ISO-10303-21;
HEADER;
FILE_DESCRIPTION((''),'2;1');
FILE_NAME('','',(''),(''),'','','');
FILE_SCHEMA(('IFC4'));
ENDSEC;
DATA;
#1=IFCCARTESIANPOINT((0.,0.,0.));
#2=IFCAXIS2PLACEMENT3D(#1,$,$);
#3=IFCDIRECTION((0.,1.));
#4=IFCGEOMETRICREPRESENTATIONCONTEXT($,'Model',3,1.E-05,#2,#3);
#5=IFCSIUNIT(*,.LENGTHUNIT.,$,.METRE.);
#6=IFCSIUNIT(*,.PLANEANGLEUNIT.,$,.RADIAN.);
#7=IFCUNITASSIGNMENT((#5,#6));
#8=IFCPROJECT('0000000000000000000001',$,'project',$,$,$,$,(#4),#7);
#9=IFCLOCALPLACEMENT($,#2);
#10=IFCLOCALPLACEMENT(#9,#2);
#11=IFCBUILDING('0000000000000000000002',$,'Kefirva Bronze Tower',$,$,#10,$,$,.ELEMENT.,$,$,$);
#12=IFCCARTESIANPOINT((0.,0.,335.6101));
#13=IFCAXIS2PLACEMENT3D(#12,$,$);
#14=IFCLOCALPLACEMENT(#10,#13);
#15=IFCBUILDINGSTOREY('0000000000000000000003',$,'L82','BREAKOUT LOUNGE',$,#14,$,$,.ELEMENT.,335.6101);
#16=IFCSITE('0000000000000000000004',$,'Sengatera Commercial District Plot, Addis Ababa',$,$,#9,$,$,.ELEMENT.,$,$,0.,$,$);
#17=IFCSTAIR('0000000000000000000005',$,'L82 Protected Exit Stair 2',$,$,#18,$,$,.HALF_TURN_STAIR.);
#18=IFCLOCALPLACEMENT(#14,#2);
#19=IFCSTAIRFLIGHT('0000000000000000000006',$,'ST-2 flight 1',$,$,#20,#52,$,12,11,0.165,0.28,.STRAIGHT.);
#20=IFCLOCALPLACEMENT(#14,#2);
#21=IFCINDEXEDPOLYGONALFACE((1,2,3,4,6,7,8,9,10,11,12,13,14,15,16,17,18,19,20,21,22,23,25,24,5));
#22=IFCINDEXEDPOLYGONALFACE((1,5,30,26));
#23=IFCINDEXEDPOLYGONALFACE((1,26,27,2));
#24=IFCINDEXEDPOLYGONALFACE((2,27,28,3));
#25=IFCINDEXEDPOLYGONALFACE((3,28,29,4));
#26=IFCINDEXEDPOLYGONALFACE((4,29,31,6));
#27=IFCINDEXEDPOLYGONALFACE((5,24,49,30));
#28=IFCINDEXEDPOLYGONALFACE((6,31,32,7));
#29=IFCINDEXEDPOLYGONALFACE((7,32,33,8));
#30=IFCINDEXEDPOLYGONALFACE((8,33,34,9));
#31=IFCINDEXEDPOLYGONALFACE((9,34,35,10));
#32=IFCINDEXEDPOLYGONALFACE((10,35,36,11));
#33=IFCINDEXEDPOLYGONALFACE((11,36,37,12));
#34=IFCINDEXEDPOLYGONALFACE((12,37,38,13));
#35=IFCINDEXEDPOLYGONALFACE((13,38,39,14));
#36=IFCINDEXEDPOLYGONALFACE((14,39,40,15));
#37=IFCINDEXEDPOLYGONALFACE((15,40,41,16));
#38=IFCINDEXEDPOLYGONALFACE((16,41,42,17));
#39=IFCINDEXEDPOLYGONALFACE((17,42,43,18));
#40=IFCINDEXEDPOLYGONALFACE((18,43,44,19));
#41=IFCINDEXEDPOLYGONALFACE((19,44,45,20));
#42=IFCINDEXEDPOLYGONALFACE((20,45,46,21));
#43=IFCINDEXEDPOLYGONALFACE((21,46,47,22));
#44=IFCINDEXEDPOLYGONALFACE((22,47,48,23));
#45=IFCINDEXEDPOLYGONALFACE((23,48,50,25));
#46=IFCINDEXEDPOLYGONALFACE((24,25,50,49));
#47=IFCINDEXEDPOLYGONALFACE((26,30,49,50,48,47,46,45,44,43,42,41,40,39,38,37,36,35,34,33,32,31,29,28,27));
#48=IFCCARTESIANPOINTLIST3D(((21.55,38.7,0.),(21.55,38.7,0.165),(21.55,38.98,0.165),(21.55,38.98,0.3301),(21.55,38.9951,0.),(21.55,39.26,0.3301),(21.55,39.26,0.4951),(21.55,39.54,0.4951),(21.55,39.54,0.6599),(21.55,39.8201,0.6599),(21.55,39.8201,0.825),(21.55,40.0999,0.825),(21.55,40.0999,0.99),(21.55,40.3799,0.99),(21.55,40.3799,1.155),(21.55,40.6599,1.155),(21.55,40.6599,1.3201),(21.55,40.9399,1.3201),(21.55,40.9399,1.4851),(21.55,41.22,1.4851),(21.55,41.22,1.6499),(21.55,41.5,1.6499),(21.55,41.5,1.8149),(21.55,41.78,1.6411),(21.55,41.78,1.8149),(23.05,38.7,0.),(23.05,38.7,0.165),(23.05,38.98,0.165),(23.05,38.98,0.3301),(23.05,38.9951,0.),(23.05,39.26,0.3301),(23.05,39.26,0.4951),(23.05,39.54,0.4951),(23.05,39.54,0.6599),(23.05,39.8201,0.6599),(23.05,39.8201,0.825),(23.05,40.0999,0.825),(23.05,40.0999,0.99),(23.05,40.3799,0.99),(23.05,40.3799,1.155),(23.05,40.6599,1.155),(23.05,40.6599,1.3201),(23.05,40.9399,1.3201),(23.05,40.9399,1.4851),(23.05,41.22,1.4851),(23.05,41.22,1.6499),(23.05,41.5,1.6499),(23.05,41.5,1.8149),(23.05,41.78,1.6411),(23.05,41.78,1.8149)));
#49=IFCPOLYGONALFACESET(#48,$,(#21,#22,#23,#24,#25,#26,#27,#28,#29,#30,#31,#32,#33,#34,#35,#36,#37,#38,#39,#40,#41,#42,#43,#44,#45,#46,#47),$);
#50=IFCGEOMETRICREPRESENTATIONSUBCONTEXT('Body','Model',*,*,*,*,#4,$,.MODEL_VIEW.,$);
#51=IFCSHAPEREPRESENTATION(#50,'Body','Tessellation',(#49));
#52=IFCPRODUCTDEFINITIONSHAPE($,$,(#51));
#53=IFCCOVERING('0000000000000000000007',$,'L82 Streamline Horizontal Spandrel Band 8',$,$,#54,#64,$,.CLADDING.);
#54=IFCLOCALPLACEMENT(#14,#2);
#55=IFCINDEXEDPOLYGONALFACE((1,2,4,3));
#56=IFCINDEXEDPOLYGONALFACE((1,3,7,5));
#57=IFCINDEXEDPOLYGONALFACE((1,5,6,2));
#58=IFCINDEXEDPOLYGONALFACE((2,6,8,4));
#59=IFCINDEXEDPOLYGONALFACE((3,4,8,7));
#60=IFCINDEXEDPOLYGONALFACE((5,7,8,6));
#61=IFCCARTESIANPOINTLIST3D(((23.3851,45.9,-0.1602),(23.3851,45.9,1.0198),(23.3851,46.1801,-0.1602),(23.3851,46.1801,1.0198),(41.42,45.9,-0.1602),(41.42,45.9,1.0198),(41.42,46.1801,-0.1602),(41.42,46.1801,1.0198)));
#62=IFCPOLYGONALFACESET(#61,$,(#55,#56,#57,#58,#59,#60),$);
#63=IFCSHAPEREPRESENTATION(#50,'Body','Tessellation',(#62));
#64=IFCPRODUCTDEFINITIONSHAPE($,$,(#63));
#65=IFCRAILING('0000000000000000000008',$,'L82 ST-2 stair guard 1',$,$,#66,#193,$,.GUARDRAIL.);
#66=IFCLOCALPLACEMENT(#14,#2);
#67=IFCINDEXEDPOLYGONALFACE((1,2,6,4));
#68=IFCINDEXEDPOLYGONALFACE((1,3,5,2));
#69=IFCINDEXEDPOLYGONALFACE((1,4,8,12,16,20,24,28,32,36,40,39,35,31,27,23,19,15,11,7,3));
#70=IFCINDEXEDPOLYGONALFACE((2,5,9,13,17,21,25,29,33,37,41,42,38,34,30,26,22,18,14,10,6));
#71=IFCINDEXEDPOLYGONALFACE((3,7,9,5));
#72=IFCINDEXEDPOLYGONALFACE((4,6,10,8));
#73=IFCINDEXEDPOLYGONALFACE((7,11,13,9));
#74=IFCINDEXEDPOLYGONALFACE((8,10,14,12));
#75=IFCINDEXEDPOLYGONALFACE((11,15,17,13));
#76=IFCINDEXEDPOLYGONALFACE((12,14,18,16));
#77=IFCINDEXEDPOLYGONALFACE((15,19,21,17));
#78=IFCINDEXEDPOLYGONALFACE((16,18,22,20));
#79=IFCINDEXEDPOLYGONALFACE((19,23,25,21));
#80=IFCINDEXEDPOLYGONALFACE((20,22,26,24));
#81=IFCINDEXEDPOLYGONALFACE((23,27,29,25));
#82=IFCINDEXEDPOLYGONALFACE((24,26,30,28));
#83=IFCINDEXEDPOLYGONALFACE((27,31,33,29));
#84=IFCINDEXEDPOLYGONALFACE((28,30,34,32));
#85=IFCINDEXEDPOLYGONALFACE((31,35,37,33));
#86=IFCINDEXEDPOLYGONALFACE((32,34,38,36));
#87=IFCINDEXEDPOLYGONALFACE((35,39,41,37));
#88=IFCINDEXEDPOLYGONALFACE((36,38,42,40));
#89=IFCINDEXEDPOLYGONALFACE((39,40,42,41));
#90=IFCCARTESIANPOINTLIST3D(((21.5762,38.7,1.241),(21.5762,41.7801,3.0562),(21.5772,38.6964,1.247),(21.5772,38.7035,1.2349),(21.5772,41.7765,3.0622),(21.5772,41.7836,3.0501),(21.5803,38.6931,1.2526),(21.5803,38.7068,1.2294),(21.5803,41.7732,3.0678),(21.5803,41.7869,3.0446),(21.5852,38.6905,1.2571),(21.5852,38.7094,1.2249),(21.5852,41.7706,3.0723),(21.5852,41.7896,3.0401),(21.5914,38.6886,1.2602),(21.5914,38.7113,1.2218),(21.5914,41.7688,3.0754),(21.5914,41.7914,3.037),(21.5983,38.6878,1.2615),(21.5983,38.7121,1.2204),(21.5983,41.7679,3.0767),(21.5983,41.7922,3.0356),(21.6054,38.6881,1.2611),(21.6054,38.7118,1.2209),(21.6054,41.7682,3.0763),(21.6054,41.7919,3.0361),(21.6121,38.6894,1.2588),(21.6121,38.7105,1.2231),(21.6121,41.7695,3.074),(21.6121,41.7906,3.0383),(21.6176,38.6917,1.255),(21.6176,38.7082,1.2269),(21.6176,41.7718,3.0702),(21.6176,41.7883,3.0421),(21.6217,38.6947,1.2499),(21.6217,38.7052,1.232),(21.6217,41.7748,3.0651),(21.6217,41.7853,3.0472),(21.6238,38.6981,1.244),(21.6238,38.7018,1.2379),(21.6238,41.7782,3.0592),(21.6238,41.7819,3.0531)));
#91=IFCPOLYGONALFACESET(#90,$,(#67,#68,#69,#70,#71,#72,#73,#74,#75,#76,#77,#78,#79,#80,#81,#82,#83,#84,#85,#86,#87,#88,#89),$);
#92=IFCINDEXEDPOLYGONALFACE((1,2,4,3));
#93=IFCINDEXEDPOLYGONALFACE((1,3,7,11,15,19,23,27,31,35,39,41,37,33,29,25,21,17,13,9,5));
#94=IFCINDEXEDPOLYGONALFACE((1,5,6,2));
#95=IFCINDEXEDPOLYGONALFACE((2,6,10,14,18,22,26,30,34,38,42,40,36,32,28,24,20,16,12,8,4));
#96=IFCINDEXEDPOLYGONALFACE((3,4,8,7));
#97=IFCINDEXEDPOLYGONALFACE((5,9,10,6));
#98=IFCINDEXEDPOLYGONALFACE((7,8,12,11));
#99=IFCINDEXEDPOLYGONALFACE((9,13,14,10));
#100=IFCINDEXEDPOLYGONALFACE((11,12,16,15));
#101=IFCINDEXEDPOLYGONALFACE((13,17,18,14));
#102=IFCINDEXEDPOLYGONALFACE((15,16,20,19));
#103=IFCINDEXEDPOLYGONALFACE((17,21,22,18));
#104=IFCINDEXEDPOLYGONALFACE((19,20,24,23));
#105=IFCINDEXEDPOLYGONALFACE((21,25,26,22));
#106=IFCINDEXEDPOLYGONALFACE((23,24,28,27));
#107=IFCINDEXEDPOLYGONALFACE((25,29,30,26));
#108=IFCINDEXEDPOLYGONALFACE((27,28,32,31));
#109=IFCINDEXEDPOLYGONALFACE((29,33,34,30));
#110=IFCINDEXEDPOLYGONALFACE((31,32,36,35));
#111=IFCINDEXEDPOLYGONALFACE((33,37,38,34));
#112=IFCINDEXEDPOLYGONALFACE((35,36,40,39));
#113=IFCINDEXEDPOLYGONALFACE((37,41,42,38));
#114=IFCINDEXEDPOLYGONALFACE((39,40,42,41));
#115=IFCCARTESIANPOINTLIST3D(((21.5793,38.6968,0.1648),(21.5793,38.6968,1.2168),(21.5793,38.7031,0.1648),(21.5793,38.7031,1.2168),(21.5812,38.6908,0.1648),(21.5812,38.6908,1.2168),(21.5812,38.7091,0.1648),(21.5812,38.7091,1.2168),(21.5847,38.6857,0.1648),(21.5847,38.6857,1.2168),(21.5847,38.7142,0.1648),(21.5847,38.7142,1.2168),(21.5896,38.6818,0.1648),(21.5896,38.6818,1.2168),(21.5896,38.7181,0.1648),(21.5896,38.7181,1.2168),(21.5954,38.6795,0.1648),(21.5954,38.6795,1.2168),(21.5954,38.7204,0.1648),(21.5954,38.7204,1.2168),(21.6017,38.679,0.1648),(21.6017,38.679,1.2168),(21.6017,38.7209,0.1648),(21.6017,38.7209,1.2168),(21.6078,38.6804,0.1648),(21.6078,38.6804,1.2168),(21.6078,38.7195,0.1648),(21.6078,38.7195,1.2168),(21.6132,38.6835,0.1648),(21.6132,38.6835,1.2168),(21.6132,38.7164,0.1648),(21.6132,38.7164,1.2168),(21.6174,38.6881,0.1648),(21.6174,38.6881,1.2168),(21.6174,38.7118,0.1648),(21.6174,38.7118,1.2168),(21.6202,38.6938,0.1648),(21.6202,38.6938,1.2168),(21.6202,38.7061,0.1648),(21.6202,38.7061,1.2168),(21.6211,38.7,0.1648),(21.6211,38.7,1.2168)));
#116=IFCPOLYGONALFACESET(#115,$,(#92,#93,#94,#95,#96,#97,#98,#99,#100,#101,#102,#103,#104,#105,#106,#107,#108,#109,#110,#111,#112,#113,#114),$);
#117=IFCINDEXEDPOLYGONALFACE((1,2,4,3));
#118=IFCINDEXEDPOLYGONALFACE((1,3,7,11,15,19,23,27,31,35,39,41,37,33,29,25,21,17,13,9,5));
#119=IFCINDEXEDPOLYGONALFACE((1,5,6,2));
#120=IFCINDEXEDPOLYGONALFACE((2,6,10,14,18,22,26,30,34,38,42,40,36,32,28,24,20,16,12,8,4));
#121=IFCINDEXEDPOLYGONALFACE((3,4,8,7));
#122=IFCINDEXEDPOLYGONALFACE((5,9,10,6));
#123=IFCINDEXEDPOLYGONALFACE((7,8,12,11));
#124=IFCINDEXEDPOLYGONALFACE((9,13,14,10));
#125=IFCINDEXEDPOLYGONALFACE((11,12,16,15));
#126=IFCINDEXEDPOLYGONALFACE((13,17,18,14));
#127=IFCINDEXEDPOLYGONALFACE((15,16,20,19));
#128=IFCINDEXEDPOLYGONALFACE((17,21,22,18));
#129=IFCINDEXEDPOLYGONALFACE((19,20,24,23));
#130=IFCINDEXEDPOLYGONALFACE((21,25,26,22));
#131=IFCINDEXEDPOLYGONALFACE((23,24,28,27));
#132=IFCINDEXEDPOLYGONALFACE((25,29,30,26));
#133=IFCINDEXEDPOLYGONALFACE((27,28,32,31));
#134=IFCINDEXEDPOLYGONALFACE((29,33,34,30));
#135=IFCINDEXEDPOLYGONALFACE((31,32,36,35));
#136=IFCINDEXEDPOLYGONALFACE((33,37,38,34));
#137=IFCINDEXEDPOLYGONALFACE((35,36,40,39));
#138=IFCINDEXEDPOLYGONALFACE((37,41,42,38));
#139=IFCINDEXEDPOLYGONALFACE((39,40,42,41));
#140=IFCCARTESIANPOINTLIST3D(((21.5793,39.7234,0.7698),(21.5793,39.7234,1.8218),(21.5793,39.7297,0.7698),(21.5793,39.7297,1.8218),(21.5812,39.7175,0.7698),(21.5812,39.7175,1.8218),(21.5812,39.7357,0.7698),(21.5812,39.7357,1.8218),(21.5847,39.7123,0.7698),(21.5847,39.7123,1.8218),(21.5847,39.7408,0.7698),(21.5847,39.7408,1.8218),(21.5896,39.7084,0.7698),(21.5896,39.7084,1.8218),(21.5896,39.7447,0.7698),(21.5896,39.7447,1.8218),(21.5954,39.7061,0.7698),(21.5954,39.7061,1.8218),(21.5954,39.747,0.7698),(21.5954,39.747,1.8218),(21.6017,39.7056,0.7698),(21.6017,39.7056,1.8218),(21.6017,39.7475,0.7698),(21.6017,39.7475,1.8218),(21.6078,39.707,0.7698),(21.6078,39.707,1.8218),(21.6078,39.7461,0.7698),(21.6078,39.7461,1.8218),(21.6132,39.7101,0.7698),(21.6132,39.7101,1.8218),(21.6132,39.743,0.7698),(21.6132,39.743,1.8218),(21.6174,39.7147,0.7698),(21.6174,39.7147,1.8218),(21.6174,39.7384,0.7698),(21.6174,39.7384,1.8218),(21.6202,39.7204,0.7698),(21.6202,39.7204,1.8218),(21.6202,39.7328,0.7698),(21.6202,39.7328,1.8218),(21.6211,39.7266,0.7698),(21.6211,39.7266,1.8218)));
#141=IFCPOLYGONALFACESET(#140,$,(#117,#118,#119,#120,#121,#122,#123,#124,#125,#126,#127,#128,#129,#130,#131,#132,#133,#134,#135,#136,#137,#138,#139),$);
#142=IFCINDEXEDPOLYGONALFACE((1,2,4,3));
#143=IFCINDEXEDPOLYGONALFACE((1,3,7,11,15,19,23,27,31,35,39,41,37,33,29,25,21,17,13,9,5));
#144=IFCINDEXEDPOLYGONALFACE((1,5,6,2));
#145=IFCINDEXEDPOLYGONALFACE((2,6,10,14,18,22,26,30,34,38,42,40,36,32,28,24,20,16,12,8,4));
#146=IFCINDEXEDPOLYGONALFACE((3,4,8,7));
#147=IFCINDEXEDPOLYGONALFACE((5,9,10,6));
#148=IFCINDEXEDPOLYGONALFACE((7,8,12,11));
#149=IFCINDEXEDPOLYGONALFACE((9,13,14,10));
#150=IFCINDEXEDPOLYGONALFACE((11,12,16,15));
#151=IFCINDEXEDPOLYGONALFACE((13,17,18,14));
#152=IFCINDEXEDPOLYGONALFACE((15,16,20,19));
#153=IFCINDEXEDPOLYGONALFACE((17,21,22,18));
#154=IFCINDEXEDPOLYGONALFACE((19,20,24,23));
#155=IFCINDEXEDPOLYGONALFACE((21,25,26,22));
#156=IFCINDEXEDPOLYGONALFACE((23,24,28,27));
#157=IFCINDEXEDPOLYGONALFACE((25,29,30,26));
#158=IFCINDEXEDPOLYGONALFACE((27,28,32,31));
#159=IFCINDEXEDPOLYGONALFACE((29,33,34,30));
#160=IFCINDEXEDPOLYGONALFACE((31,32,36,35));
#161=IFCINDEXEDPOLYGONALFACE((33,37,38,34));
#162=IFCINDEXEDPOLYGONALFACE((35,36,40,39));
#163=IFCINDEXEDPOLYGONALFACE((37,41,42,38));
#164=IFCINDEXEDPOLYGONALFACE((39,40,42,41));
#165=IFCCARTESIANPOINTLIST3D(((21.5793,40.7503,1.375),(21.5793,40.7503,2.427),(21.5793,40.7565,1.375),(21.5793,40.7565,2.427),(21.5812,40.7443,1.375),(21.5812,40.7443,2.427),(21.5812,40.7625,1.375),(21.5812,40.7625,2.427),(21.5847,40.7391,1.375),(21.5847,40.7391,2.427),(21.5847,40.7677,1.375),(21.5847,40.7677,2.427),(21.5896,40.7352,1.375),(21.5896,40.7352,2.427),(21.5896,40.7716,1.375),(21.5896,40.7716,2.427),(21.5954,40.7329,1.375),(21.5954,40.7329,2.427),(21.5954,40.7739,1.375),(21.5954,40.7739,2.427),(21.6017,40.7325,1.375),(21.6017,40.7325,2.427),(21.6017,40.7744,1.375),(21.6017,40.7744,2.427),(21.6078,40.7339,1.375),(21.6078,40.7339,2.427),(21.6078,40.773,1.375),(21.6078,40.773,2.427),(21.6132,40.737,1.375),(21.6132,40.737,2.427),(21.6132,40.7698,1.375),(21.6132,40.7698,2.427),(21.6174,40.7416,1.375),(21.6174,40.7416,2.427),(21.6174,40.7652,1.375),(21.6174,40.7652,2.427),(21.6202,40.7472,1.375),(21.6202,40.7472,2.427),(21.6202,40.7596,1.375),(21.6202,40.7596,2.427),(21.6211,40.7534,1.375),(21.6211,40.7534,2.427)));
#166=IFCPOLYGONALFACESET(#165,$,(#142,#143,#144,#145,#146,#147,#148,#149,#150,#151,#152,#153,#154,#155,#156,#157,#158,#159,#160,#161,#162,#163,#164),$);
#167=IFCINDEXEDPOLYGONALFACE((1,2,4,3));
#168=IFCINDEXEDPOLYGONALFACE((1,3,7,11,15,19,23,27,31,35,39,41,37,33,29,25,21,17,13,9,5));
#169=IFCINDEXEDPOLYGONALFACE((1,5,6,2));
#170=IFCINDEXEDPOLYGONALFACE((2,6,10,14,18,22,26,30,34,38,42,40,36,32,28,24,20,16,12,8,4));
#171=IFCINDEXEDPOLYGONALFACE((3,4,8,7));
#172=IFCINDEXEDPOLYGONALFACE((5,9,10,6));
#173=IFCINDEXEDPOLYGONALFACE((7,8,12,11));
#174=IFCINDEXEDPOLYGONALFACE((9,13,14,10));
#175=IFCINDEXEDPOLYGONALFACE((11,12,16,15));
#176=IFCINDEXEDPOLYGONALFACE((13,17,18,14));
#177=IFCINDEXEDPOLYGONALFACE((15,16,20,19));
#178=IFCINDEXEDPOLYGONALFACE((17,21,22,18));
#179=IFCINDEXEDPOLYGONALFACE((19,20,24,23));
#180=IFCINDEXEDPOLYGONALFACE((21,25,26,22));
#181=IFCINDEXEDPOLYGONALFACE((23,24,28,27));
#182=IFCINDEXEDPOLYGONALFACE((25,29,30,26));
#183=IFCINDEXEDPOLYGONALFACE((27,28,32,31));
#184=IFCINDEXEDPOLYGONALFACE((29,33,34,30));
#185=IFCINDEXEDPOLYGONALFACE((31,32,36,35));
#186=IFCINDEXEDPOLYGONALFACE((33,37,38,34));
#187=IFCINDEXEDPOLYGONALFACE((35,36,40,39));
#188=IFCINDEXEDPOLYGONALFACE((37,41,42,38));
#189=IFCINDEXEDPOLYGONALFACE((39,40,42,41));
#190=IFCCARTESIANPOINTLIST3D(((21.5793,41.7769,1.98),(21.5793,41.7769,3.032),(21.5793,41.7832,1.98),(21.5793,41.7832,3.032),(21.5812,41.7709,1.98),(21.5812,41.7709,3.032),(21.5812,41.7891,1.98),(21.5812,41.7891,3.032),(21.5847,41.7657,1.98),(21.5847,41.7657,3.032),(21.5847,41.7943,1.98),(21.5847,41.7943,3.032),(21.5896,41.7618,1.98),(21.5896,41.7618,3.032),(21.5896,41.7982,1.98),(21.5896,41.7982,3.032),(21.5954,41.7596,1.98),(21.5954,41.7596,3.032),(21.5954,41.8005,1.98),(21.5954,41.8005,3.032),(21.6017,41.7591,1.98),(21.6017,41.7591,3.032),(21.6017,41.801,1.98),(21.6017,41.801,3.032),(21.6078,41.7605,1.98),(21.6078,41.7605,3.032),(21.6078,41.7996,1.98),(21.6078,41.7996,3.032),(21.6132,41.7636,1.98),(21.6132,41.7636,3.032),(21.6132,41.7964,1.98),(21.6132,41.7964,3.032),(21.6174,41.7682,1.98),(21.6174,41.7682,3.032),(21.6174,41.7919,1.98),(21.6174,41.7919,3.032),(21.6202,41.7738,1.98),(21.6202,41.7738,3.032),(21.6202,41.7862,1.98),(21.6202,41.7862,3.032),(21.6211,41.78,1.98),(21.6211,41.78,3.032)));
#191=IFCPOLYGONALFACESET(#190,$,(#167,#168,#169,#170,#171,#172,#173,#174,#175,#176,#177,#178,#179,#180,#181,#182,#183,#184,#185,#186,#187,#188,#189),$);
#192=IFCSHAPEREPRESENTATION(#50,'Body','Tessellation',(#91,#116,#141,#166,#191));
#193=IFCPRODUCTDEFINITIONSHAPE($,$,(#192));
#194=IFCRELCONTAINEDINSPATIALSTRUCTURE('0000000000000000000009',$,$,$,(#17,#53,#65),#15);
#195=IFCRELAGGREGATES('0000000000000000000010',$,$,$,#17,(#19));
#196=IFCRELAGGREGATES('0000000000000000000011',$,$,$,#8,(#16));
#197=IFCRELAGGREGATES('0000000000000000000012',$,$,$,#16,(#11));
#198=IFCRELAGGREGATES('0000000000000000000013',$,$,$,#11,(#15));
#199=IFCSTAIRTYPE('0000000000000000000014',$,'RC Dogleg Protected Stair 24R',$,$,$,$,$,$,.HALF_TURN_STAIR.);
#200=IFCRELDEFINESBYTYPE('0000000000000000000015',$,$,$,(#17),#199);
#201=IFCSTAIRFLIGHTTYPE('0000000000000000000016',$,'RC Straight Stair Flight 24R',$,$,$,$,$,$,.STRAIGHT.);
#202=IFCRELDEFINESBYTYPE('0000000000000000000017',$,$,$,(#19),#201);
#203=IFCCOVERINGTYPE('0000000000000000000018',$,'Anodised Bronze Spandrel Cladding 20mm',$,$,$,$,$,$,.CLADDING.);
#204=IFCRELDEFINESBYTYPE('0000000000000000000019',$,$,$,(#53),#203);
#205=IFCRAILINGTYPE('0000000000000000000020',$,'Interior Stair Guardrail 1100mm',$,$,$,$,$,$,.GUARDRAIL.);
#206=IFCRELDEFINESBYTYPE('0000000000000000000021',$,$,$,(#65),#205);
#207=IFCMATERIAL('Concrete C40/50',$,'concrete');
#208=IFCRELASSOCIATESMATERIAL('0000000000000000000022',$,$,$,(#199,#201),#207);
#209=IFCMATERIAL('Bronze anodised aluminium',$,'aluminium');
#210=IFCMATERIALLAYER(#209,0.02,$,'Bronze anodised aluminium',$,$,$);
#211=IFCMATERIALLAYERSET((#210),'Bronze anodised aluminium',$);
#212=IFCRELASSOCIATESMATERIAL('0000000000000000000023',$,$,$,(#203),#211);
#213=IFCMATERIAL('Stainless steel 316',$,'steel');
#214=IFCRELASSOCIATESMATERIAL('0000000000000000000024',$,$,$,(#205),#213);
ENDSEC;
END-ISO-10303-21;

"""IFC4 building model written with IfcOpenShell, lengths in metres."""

from ifc_helpers import new_model, si_unit, direction, frame, origin, origin_2d, place, context, subcontext, project, spatial, polyline, rectangle, circle, outline, extrude, material, layer, layer_set, type_object, element, aggregate, save


model = new_model("IFC4")

# Units and contexts
model_context = context("Model", 3, precision=1e-05, world=origin(), true_north=direction((0.0, 1.0)))
body_context = subcontext(model_context, "Body", "Model", "MODEL_VIEW")
ifc_project = project(units=[si_unit("LENGTHUNIT", "METRE"), si_unit("PLANEANGLEUNIT", "RADIAN")], contexts=[model_context])

# Site, building, storey
site_placement = place(None, origin())
site = spatial("IfcSite", under=ifc_project, at=site_placement, Name="Sengatera Commercial District Plot, Addis Ababa", CompositionType="ELEMENT", RefElevation=0.0)
building_placement = place(site_placement, origin())
building = spatial("IfcBuilding", under=site, at=building_placement, Name="Kefirva Bronze Tower", CompositionType="ELEMENT")
storey_placement = place(building_placement, frame((0.0, 0.0, 335.6101)))
storey = spatial("IfcBuildingStorey", under=building, at=storey_placement, Name="L82", Description="BREAKOUT LOUNGE", CompositionType="ELEMENT", Elevation=335.6101)

# Shared definitions
ifc_material_1 = material(Name="Bronze anodised aluminium", Category="aluminium")

# Stair, stair flight
ifc_material_2 = material(Name="Concrete C40/50", Category="concrete")
stair_type = type_object("IfcStairType", Name="RC Dogleg Protected Stair 24R", PredefinedType="HALF_TURN_STAIR", material=ifc_material_2)
stair_placement = place(storey_placement, origin())
stair = element("IfcStair", 1, at=stair_placement, inside=storey, type_object=stair_type, Name="L82 Protected Exit Stair 2", PredefinedType="HALF_TURN_STAIR")
stair_flight_type = type_object("IfcStairFlightType", Name="RC Straight Stair Flight 24R", PredefinedType="STRAIGHT", material=ifc_material_2)
stair_flight_placement = place(storey_placement, frame((22.3, 38.7, 0.0), z_axis=(0.0, 0.0, 1.0), x_axis=(0.0, 1.0, 0.0)))
stair_flight = element("IfcStairFlight", 2, at=stair_flight_placement, type_object=stair_flight_type, Name="ST-2 flight 1", NumberOfRisers=12, NumberOfTreads=11, PredefinedType="STRAIGHT", RiserHeight=0.165, TreadLength=0.28, context=body_context, shape_type="SweptSolid", body=[
    extrude(outline(polyline([(0.0, 0.0), (0.0, 0.165), (0.28, 0.165), (0.28, 0.3301), (0.5601, 0.3301), (0.5601, 0.4951), (0.8401, 0.4951), (0.8401, 0.6599), (1.1201, 0.6599), (1.1201, 0.825), (1.3999, 0.825), (1.3999, 0.99), (1.6799, 0.99), (1.6799, 1.155), (1.96, 1.155), (1.96, 1.3201), (2.24, 1.3201), (2.24, 1.4851), (2.52, 1.4851), (2.52, 1.6499), (2.8, 1.6499), (2.8, 1.8149), (3.0801, 1.8149), (3.0801, 1.98), (3.0801, 1.6411), (0.2952, 0.0), (0.0, 0.0)])), frame((0.0, 0.75, 0.0), z_axis=(0.0, -1.0, 0.0), x_axis=(1.0, 0.0, 0.0)), (0.0, 0.0, 1.0), 1.5),
])
aggregate(stair, [stair_flight])

# Covering
ifc_layer_1 = layer(ifc_material_1, 0.02, Name="Bronze anodised aluminium")
ifc_layer_set_1 = layer_set([ifc_layer_1], Name="Bronze anodised aluminium")
covering_type_1 = type_object("IfcCoveringType", Name="Anodised Bronze Spandrel Cladding 20mm", PredefinedType="CLADDING", material=ifc_layer_set_1)
covering_1_placement = place(storey_placement, frame((32.4026, 46.04, -0.1602), z_axis=(0.0, 0.0, 1.0), x_axis=(-1.0, 0.0, 0.0)))
element("IfcCovering", 3, at=covering_1_placement, inside=storey, type_object=covering_type_1, Name="L82 Streamline Horizontal Spandrel Band 8", PredefinedType="CLADDING", context=body_context, shape_type="SweptSolid", body=[
    extrude(rectangle(XDim=18.0349, YDim=0.28, at=origin_2d()), origin(), (0.0, 0.0, 1.0), 1.1799),
])

# Railing
ifc_material_3 = material(Name="Stainless steel 316", Category="steel")
railing_type_1 = type_object("IfcRailingType", Name="Interior Stair Guardrail 1100mm", PredefinedType="GUARDRAIL", material=ifc_material_3)
railing_1_placement = place(storey_placement, frame((21.6001, 38.7, 0.1648)))
element("IfcRailing", 4, at=railing_1_placement, inside=storey, type_object=railing_type_1, Name="L82 ST-2 stair guard 1", PredefinedType="GUARDRAIL", context=body_context, shape_type="SweptSolid", body=[
    extrude(circle(Radius=0.0239, at=origin_2d()), frame((0.0, 0.0, 1.0762), z_axis=(0.0, 0.861521, 0.507721), x_axis=(-1.0, 0.0, 0.0)), (0.0, 0.0, 1.0), 3.5752),
    extrude(circle(Radius=0.021, at=origin_2d()), origin(), (0.0, 0.0, 1.0), 1.052),
    extrude(circle(Radius=0.021, at=origin_2d()), frame((0.0, 1.0266, 0.605)), (0.0, 0.0, 1.0), 1.052),
    extrude(circle(Radius=0.021, at=origin_2d()), frame((0.0, 2.0535, 1.2102)), (0.0, 0.0, 1.0), 1.052),
    extrude(circle(Radius=0.021, at=origin_2d()), frame((0.0, 3.0801, 1.8152)), (0.0, 0.0, 1.0), 1.052),
])

save(model, "model.ifc")
